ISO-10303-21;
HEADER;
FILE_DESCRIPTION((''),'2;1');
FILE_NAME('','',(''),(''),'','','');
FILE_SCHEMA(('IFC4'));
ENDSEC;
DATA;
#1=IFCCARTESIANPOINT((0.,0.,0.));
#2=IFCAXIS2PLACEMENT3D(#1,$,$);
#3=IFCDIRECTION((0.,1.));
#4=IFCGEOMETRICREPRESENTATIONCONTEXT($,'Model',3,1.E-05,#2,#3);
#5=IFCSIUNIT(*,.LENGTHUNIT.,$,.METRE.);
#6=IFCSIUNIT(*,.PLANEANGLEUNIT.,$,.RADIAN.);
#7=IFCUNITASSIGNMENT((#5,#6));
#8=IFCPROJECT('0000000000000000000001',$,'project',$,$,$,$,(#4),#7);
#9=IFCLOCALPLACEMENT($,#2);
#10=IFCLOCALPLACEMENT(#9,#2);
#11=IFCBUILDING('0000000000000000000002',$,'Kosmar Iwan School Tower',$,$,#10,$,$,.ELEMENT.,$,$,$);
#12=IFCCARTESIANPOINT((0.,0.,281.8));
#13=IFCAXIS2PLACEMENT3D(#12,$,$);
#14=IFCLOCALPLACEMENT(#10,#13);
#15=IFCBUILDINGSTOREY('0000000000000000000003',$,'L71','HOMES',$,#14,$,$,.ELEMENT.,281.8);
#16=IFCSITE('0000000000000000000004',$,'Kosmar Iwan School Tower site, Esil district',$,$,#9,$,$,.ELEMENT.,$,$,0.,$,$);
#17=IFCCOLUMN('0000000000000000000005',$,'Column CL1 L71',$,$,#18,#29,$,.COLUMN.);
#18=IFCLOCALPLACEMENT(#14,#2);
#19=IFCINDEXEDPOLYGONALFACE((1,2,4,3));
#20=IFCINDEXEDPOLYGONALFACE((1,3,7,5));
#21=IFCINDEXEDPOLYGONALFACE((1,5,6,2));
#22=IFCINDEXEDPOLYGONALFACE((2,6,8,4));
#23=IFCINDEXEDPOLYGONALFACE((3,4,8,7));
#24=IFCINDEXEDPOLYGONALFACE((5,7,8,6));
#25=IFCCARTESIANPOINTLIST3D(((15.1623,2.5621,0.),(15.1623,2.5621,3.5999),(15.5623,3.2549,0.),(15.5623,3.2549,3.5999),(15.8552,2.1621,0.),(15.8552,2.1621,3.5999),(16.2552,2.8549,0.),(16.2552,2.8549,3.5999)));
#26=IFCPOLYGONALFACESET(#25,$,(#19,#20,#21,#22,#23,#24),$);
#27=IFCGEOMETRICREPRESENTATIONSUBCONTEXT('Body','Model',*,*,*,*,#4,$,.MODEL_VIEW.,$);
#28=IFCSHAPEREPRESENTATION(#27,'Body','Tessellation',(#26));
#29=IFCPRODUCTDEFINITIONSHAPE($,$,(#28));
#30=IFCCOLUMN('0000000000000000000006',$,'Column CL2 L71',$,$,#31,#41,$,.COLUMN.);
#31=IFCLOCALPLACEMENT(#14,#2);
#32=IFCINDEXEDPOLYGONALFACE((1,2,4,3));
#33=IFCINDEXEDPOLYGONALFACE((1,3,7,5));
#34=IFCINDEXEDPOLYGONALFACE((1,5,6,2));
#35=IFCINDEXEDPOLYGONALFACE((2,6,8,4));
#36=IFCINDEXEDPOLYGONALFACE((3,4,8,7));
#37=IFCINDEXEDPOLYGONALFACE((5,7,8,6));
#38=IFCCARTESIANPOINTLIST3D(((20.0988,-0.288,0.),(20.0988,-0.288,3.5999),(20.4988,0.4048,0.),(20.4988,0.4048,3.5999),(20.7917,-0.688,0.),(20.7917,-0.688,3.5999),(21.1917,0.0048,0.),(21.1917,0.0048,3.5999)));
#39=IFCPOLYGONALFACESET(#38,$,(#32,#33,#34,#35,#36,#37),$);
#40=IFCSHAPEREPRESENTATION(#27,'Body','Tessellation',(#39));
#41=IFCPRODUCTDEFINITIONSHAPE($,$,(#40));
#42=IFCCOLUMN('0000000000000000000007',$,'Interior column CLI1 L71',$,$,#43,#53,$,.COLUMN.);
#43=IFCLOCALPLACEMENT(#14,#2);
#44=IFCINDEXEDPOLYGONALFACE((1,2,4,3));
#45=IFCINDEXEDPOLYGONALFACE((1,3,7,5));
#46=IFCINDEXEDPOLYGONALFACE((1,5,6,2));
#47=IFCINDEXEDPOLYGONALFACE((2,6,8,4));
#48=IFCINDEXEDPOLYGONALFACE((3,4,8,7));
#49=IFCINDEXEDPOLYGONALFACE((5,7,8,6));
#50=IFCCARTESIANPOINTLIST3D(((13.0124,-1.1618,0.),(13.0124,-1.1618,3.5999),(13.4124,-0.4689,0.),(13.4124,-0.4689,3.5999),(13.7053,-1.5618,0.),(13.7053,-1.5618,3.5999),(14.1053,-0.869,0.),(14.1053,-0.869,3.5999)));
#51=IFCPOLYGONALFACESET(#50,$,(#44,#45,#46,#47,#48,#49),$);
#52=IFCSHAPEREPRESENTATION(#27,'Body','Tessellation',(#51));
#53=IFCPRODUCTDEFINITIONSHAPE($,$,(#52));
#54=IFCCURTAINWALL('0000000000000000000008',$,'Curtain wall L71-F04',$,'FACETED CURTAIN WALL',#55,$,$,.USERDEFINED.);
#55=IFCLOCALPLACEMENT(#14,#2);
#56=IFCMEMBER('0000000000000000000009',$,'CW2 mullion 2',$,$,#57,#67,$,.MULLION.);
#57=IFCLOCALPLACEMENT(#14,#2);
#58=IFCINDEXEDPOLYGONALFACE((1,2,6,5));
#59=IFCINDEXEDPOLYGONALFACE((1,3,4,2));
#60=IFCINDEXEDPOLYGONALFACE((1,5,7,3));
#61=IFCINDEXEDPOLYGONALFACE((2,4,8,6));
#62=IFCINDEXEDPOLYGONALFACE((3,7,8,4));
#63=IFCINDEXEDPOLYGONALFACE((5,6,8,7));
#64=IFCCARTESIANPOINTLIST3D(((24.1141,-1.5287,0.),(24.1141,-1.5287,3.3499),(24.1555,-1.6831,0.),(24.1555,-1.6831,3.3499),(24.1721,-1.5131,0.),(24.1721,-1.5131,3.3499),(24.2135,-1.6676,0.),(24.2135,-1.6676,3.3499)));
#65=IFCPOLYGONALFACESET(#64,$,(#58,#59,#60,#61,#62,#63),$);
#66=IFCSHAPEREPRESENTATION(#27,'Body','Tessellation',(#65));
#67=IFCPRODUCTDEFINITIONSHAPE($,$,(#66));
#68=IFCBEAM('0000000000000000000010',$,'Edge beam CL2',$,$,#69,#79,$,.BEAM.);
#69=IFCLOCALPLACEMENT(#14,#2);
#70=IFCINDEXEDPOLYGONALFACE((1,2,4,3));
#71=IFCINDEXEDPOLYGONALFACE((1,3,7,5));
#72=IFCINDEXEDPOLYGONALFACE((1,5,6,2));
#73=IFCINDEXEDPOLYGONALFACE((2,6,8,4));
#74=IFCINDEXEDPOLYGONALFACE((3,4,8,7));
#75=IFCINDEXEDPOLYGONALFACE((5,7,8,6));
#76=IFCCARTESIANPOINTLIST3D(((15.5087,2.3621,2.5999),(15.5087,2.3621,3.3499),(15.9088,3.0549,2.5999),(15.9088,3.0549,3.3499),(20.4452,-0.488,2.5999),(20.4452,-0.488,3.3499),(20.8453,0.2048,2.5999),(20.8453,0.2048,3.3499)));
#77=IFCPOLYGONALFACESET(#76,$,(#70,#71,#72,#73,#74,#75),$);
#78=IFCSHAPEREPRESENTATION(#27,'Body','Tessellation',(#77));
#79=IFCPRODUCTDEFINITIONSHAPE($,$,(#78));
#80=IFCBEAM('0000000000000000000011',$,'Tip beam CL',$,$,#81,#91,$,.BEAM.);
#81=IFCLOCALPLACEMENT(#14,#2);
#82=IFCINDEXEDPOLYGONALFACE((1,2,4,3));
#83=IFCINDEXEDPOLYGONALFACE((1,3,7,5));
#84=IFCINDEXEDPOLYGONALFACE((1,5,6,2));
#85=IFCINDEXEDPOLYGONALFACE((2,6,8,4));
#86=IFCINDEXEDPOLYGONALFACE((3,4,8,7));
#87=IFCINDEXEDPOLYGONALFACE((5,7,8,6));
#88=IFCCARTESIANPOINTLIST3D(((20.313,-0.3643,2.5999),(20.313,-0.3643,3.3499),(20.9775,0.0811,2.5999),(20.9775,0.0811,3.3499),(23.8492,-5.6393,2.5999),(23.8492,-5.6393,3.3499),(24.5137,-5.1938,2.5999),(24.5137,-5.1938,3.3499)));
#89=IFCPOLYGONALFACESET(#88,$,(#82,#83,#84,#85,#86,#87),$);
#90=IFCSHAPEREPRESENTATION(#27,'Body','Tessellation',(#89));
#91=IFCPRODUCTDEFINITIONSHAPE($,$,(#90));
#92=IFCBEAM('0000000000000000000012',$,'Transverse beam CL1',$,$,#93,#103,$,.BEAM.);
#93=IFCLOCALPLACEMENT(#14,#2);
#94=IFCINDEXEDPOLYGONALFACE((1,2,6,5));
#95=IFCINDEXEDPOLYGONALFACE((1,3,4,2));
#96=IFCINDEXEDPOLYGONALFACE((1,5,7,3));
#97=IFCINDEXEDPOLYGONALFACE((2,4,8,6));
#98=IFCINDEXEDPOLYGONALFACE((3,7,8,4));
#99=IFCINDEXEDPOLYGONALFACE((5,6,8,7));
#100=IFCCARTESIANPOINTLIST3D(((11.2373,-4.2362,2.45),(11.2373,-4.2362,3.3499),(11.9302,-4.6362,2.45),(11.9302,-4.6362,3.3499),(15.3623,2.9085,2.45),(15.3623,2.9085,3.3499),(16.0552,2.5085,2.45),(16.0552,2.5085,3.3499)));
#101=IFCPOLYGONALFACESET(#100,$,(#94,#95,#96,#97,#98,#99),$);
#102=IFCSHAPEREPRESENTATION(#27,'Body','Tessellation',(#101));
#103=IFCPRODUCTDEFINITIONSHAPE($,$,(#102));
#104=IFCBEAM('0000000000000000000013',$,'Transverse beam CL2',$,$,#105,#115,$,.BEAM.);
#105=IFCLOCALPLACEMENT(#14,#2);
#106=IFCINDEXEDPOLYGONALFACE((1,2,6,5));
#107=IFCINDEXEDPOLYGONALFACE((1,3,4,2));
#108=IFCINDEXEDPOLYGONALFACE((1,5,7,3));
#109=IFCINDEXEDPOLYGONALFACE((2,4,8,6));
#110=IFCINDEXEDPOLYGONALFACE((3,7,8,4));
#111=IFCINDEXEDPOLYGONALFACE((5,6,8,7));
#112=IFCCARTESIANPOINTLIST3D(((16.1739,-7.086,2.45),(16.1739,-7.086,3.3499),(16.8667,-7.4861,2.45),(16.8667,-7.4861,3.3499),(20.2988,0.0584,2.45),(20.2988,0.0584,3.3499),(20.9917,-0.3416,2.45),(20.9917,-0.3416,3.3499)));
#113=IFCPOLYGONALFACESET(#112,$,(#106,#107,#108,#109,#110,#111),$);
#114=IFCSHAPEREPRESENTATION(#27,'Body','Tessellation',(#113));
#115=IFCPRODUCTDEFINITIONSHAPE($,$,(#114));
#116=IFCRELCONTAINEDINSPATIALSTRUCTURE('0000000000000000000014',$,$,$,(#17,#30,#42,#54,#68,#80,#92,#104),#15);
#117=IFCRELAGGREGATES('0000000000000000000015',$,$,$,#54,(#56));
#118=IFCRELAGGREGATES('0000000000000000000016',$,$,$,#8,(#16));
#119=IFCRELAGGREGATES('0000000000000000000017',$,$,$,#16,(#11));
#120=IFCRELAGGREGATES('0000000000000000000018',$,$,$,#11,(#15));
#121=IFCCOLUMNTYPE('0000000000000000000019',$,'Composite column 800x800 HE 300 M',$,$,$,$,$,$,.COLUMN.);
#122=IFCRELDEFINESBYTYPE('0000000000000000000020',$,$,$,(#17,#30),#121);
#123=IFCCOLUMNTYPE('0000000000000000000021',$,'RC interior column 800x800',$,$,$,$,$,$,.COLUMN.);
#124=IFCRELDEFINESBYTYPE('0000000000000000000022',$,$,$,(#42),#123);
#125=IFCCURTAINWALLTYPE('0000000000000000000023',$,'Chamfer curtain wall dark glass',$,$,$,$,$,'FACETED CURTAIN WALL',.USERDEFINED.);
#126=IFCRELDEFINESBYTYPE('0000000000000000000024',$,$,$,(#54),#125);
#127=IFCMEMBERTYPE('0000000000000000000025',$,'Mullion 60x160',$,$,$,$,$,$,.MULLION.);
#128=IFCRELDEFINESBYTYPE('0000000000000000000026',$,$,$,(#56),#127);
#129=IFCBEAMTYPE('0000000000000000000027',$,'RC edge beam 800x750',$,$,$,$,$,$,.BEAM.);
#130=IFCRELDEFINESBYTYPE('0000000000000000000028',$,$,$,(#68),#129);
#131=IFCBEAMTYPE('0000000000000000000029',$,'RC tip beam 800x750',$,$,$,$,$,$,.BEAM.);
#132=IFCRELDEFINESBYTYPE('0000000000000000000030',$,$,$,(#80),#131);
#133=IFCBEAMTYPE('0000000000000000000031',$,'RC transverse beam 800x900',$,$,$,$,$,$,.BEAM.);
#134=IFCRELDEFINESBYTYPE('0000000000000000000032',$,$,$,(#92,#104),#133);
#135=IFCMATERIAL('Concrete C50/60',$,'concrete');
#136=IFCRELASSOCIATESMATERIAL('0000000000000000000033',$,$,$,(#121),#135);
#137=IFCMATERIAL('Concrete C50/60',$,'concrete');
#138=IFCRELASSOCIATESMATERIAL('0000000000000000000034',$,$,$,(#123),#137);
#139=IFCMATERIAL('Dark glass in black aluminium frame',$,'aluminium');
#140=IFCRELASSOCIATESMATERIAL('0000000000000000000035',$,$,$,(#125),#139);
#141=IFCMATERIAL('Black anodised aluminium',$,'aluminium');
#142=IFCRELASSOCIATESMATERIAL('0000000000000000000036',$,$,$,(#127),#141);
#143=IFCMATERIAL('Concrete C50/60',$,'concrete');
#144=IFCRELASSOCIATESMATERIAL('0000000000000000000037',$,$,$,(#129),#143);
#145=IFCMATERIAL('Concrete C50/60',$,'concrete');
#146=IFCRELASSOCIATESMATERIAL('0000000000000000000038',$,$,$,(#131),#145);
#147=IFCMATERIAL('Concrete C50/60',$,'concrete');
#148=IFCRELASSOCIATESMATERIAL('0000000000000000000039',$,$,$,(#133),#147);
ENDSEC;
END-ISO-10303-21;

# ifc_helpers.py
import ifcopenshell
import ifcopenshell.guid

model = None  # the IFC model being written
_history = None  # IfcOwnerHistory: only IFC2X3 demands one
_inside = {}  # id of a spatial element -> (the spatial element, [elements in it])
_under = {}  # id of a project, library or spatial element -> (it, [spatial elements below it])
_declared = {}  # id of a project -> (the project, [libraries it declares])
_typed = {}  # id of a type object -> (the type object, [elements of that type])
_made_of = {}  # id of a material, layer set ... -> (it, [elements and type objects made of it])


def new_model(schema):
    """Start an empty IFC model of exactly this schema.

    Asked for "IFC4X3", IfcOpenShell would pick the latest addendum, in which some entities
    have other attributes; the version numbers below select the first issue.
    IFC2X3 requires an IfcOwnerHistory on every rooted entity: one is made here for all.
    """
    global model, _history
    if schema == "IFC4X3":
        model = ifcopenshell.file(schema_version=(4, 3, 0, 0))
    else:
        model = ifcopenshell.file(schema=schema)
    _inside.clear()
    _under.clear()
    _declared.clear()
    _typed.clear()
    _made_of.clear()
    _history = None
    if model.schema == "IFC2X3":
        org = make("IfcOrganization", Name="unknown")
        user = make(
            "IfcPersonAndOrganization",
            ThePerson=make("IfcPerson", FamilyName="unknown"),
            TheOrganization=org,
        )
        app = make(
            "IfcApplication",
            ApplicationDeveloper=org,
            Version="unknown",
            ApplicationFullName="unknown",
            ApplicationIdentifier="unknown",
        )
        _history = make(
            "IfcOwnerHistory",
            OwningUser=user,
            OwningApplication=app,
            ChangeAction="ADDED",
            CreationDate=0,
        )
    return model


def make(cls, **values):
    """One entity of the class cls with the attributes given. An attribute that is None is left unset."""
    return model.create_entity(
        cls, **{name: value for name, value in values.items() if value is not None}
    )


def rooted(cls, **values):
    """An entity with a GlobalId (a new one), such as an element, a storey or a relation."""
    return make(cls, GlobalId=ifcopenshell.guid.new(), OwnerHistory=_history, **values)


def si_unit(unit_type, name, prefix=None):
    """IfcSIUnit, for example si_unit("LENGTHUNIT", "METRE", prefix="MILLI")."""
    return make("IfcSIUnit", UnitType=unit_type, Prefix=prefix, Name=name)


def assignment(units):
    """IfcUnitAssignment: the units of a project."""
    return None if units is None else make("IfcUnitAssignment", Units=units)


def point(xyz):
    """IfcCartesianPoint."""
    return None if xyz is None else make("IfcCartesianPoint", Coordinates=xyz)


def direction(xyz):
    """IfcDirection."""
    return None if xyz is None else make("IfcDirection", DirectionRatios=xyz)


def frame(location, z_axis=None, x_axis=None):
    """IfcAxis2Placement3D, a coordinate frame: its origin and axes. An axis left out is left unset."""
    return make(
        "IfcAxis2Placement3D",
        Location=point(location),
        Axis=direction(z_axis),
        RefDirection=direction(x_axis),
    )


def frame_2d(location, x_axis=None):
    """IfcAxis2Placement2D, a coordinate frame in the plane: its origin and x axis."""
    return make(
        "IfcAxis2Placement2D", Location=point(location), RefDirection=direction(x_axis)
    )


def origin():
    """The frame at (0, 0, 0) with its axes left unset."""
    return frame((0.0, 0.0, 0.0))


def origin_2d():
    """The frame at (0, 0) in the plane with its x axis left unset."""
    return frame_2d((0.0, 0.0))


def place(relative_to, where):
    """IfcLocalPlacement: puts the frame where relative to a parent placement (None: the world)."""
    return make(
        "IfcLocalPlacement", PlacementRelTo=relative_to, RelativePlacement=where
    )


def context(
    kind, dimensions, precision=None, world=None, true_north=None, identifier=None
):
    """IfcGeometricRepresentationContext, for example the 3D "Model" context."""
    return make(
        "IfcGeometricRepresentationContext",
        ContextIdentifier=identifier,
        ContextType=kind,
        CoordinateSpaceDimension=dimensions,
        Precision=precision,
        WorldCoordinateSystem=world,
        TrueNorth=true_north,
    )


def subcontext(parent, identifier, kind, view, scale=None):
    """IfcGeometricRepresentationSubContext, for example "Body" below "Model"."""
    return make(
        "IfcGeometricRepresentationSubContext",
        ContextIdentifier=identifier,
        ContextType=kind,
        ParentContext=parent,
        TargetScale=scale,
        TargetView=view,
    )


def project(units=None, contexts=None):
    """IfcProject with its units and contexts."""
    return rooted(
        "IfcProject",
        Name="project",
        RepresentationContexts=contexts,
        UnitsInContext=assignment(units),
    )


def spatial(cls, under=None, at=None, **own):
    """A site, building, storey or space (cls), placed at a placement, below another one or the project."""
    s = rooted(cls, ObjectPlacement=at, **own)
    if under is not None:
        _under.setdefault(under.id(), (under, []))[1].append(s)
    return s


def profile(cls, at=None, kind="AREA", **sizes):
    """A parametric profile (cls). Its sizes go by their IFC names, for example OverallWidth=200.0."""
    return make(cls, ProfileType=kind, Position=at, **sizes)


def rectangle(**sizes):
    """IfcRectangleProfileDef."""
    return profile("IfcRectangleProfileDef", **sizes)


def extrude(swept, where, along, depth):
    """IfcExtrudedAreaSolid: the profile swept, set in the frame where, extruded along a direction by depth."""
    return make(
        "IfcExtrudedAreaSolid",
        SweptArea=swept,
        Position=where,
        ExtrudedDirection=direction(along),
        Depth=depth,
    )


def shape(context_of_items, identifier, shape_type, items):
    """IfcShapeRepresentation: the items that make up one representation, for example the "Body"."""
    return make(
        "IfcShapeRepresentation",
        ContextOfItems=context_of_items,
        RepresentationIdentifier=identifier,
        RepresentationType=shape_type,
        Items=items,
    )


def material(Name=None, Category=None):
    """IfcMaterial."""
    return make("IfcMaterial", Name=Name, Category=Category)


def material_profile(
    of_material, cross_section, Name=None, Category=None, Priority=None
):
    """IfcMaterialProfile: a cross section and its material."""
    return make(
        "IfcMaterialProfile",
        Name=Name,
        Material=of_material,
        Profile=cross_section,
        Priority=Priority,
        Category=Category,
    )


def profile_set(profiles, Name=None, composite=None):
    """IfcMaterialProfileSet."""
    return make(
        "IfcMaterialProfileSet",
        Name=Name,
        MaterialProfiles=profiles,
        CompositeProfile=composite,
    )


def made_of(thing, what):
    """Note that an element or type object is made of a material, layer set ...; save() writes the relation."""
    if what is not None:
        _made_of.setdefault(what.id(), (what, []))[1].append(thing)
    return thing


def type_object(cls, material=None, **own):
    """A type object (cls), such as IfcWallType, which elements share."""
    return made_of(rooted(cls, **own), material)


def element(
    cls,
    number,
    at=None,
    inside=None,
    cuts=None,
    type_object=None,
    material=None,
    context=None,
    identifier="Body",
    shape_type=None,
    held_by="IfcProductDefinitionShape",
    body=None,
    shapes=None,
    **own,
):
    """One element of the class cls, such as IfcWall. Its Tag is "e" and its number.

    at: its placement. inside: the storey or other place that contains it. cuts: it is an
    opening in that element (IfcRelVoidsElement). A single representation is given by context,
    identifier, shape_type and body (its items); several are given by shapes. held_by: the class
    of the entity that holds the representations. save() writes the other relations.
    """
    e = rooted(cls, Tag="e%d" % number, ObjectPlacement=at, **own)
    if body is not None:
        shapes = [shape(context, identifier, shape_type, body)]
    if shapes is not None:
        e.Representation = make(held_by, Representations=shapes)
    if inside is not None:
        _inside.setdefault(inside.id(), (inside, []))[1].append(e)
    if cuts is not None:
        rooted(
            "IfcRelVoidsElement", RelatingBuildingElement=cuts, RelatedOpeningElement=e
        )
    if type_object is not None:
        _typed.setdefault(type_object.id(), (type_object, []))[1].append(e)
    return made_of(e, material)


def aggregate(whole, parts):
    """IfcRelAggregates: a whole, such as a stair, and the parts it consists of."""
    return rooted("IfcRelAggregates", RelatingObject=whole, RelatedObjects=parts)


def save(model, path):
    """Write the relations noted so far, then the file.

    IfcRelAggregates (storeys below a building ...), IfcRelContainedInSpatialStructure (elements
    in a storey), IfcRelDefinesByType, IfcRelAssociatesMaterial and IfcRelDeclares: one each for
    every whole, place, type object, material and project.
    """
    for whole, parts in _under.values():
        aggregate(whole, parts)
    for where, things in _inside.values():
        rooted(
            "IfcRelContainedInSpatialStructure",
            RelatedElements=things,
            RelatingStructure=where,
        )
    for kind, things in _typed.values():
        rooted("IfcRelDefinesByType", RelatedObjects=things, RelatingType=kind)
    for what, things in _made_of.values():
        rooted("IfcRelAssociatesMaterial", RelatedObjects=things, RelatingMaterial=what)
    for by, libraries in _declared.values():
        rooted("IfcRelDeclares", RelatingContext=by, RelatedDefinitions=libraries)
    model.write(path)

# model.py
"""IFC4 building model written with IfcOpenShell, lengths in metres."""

from ifc_helpers import new_model, si_unit, direction, frame, origin, origin_2d, place, context, subcontext, project, spatial, rectangle, extrude, material, material_profile, profile_set, type_object, element, aggregate, save


model = new_model("IFC4")

# Units and contexts
model_context = context("Model", 3, precision=1e-05, world=origin(), true_north=direction((0.0, 1.0)))
body_context = subcontext(model_context, "Body", "Model", "MODEL_VIEW")
ifc_project = project(units=[si_unit("LENGTHUNIT", "METRE"), si_unit("PLANEANGLEUNIT", "RADIAN")], contexts=[model_context])

# Site, building, storey
site_placement = place(None, origin())
site = spatial("IfcSite", under=ifc_project, at=site_placement, Name="Kosmar Iwan School Tower site, Esil district", CompositionType="ELEMENT", RefElevation=0.0)
building_placement = place(site_placement, origin())
building = spatial("IfcBuilding", under=site, at=building_placement, Name="Kosmar Iwan School Tower", CompositionType="ELEMENT")
storey_placement = place(building_placement, frame((0.0, 0.0, 281.8)))
storey = spatial("IfcBuildingStorey", under=building, at=storey_placement, Name="L71", Description="HOMES", CompositionType="ELEMENT", Elevation=281.8)

# Columns
ifc_material_1 = material(Name="Concrete C50/60", Category="concrete")
ifc_material_profile_1 = material_profile(ifc_material_1, rectangle(XDim=0.8, YDim=0.8, at=origin_2d()), Name="RC 800x800 + HE 300 M")
ifc_profile_set_1 = profile_set([ifc_material_profile_1], Name="Concrete C50/60")
column_type_1 = type_object("IfcColumnType", Name="Composite column 800x800 HE 300 M", PredefinedType="COLUMN", material=ifc_profile_set_1)
for number, where, z_axis, x_axis, name in (
    (1, (15.7087, 2.7085, 0.0), (0.0, 0.0, 1.0), (0.866025, -0.5, 0.0), "Column CL1 L71"),
    (2, (20.6453, -0.1416, 0.0), (0.0, 0.0, 1.0), (0.866025, -0.5, 0.0), "Column CL2 L71"),
):
    element("IfcColumn", number, at=place(storey_placement, frame(where, z_axis=z_axis, x_axis=x_axis)), inside=storey, type_object=column_type_1, Name=name, PredefinedType="COLUMN", context=body_context, shape_type="SweptSolid", body=[
        extrude(rectangle(XDim=0.8, YDim=0.8, at=origin_2d()), origin(), (0.0, 0.0, 1.0), 3.5999),
    ])
ifc_material_2 = material(Name="Concrete C50/60", Category="concrete")
ifc_material_profile_2 = material_profile(ifc_material_2, rectangle(XDim=0.8, YDim=0.8, at=origin_2d()), Name="RC 800x800")
ifc_profile_set_2 = profile_set([ifc_material_profile_2], Name="Concrete C50/60")
column_type_2 = type_object("IfcColumnType", Name="RC interior column 800x800", PredefinedType="COLUMN", material=ifc_profile_set_2)
column_placement = place(storey_placement, frame((13.5588, -1.0154, 0.0), z_axis=(0.0, 0.0, 1.0), x_axis=(0.866025, -0.5, 0.0)))
element("IfcColumn", 3, at=column_placement, inside=storey, type_object=column_type_2, Name="Interior column CLI1 L71", PredefinedType="COLUMN", context=body_context, shape_type="SweptSolid", body=[
    extrude(rectangle(XDim=0.8, YDim=0.8, at=origin_2d()), origin(), (0.0, 0.0, 1.0), 3.5999),
])

# Curtain wall, member
ifc_material_3 = material(Name="Dark glass in black aluminium frame", Category="aluminium")
curtain_wall_type = type_object("IfcCurtainWallType", Name="Chamfer curtain wall dark glass", ElementType="FACETED CURTAIN WALL", PredefinedType="USERDEFINED", material=ifc_material_3)
curtain_wall_placement = place(storey_placement, origin())
curtain_wall = element("IfcCurtainWall", 4, at=curtain_wall_placement, inside=storey, type_object=curtain_wall_type, Name="Curtain wall L71-F04", ObjectType="FACETED CURTAIN WALL", PredefinedType="USERDEFINED")
ifc_material_4 = material(Name="Black anodised aluminium", Category="aluminium")
ifc_material_profile_3 = material_profile(ifc_material_4, rectangle(XDim=0.0601, YDim=0.1599, at=origin_2d()), Name="MULLION 60x160")
ifc_profile_set_3 = profile_set([ifc_material_profile_3], Name="Black anodised aluminium")
member_type = type_object("IfcMemberType", Name="Mullion 60x160", PredefinedType="MULLION", material=ifc_profile_set_3)
member_placement = place(storey_placement, frame((24.1638, -1.5981, 0.0), z_axis=(0.0, 0.0, 1.0), x_axis=(-0.965926, -0.258819, 0.0)))
member = element("IfcMember", 5, at=member_placement, type_object=member_type, Name="CW2 mullion 2", PredefinedType="MULLION", context=body_context, shape_type="SweptSolid", body=[
    extrude(rectangle(XDim=0.0601, YDim=0.1599, at=origin_2d()), origin(), (0.0, 0.0, 1.0), 3.3499),
])
aggregate(curtain_wall, [member])

# Beams
ifc_material_5 = material(Name="Concrete C50/60", Category="concrete")
ifc_material_profile_4 = material_profile(ifc_material_5, rectangle(XDim=0.8, YDim=0.75, at=origin_2d()), Name="RC 800x750")
ifc_profile_set_4 = profile_set([ifc_material_profile_4], Name="Concrete C50/60")
beam_type_1 = type_object("IfcBeamType", Name="RC edge beam 800x750", PredefinedType="BEAM", material=ifc_profile_set_4)
beam_1_placement = place(storey_placement, frame((15.7087, 2.7085, 2.9749), z_axis=(0.866026, -0.499999, 0.0), x_axis=(0.499999, 0.866026, 0.0)))
element("IfcBeam", 6, at=beam_1_placement, inside=storey, type_object=beam_type_1, Name="Edge beam CL2", PredefinedType="BEAM", context=body_context, shape_type="SweptSolid", body=[
    extrude(rectangle(XDim=0.8, YDim=0.75, at=origin_2d()), origin(), (0.0, 0.0, 1.0), 5.7002),
])
ifc_material_6 = material(Name="Concrete C50/60", Category="concrete")
ifc_material_profile_5 = material_profile(ifc_material_6, rectangle(XDim=0.8, YDim=0.75, at=origin_2d()), Name="RC 800x750")
ifc_profile_set_5 = profile_set([ifc_material_profile_5], Name="Concrete C50/60")
beam_type_2 = type_object("IfcBeamType", Name="RC tip beam 800x750", PredefinedType="BEAM", material=ifc_profile_set_5)
beam_2_placement = place(storey_placement, frame((20.6453, -0.1416, 2.9749), z_axis=(0.556828, -0.830628, 0.0), x_axis=(0.830628, 0.556828, 0.0)))
element("IfcBeam", 7, at=beam_2_placement, inside=storey, type_object=beam_type_2, Name="Tip beam CL", PredefinedType="BEAM", context=body_context, shape_type="SweptSolid", body=[
    extrude(rectangle(XDim=0.8, YDim=0.75, at=origin_2d()), origin(), (0.0, 0.0, 1.0), 6.3506),
])
ifc_material_7 = material(Name="Concrete C50/60", Category="concrete")
ifc_material_profile_6 = material_profile(ifc_material_7, rectangle(XDim=0.8, YDim=0.8999, at=origin_2d()), Name="RC 800x900")
ifc_profile_set_6 = profile_set([ifc_material_profile_6], Name="Concrete C50/60")
beam_type_3 = type_object("IfcBeamType", Name="RC transverse beam 800x900", PredefinedType="BEAM", material=ifc_profile_set_6)
beam_3_placement = place(storey_placement, frame((15.7087, 2.7085, 2.8999), z_axis=(-0.499997, -0.866027, 0.0), x_axis=(0.866027, -0.499997, 0.0)))
element("IfcBeam", 8, at=beam_3_placement, inside=storey, type_object=beam_type_3, Name="Transverse beam CL1", PredefinedType="BEAM", context=body_context, shape_type="SweptSolid", body=[
    extrude(rectangle(XDim=0.8, YDim=0.8999, at=origin_2d()), origin(), (0.0, 0.0, 1.0), 8.25),
])
beam_4_placement = place(storey_placement, frame((20.6453, -0.1416, 2.8999), z_axis=(-0.500009, -0.86602, 0.0), x_axis=(0.86602, -0.500009, 0.0)))
element("IfcBeam", 9, at=beam_4_placement, inside=storey, type_object=beam_type_3, Name="Transverse beam CL2", PredefinedType="BEAM", context=body_context, shape_type="SweptSolid", body=[
    extrude(rectangle(XDim=0.8, YDim=0.8999, at=origin_2d()), origin(), (0.0, 0.0, 1.0), 8.2498),
])

save(model, "model.ifc")
